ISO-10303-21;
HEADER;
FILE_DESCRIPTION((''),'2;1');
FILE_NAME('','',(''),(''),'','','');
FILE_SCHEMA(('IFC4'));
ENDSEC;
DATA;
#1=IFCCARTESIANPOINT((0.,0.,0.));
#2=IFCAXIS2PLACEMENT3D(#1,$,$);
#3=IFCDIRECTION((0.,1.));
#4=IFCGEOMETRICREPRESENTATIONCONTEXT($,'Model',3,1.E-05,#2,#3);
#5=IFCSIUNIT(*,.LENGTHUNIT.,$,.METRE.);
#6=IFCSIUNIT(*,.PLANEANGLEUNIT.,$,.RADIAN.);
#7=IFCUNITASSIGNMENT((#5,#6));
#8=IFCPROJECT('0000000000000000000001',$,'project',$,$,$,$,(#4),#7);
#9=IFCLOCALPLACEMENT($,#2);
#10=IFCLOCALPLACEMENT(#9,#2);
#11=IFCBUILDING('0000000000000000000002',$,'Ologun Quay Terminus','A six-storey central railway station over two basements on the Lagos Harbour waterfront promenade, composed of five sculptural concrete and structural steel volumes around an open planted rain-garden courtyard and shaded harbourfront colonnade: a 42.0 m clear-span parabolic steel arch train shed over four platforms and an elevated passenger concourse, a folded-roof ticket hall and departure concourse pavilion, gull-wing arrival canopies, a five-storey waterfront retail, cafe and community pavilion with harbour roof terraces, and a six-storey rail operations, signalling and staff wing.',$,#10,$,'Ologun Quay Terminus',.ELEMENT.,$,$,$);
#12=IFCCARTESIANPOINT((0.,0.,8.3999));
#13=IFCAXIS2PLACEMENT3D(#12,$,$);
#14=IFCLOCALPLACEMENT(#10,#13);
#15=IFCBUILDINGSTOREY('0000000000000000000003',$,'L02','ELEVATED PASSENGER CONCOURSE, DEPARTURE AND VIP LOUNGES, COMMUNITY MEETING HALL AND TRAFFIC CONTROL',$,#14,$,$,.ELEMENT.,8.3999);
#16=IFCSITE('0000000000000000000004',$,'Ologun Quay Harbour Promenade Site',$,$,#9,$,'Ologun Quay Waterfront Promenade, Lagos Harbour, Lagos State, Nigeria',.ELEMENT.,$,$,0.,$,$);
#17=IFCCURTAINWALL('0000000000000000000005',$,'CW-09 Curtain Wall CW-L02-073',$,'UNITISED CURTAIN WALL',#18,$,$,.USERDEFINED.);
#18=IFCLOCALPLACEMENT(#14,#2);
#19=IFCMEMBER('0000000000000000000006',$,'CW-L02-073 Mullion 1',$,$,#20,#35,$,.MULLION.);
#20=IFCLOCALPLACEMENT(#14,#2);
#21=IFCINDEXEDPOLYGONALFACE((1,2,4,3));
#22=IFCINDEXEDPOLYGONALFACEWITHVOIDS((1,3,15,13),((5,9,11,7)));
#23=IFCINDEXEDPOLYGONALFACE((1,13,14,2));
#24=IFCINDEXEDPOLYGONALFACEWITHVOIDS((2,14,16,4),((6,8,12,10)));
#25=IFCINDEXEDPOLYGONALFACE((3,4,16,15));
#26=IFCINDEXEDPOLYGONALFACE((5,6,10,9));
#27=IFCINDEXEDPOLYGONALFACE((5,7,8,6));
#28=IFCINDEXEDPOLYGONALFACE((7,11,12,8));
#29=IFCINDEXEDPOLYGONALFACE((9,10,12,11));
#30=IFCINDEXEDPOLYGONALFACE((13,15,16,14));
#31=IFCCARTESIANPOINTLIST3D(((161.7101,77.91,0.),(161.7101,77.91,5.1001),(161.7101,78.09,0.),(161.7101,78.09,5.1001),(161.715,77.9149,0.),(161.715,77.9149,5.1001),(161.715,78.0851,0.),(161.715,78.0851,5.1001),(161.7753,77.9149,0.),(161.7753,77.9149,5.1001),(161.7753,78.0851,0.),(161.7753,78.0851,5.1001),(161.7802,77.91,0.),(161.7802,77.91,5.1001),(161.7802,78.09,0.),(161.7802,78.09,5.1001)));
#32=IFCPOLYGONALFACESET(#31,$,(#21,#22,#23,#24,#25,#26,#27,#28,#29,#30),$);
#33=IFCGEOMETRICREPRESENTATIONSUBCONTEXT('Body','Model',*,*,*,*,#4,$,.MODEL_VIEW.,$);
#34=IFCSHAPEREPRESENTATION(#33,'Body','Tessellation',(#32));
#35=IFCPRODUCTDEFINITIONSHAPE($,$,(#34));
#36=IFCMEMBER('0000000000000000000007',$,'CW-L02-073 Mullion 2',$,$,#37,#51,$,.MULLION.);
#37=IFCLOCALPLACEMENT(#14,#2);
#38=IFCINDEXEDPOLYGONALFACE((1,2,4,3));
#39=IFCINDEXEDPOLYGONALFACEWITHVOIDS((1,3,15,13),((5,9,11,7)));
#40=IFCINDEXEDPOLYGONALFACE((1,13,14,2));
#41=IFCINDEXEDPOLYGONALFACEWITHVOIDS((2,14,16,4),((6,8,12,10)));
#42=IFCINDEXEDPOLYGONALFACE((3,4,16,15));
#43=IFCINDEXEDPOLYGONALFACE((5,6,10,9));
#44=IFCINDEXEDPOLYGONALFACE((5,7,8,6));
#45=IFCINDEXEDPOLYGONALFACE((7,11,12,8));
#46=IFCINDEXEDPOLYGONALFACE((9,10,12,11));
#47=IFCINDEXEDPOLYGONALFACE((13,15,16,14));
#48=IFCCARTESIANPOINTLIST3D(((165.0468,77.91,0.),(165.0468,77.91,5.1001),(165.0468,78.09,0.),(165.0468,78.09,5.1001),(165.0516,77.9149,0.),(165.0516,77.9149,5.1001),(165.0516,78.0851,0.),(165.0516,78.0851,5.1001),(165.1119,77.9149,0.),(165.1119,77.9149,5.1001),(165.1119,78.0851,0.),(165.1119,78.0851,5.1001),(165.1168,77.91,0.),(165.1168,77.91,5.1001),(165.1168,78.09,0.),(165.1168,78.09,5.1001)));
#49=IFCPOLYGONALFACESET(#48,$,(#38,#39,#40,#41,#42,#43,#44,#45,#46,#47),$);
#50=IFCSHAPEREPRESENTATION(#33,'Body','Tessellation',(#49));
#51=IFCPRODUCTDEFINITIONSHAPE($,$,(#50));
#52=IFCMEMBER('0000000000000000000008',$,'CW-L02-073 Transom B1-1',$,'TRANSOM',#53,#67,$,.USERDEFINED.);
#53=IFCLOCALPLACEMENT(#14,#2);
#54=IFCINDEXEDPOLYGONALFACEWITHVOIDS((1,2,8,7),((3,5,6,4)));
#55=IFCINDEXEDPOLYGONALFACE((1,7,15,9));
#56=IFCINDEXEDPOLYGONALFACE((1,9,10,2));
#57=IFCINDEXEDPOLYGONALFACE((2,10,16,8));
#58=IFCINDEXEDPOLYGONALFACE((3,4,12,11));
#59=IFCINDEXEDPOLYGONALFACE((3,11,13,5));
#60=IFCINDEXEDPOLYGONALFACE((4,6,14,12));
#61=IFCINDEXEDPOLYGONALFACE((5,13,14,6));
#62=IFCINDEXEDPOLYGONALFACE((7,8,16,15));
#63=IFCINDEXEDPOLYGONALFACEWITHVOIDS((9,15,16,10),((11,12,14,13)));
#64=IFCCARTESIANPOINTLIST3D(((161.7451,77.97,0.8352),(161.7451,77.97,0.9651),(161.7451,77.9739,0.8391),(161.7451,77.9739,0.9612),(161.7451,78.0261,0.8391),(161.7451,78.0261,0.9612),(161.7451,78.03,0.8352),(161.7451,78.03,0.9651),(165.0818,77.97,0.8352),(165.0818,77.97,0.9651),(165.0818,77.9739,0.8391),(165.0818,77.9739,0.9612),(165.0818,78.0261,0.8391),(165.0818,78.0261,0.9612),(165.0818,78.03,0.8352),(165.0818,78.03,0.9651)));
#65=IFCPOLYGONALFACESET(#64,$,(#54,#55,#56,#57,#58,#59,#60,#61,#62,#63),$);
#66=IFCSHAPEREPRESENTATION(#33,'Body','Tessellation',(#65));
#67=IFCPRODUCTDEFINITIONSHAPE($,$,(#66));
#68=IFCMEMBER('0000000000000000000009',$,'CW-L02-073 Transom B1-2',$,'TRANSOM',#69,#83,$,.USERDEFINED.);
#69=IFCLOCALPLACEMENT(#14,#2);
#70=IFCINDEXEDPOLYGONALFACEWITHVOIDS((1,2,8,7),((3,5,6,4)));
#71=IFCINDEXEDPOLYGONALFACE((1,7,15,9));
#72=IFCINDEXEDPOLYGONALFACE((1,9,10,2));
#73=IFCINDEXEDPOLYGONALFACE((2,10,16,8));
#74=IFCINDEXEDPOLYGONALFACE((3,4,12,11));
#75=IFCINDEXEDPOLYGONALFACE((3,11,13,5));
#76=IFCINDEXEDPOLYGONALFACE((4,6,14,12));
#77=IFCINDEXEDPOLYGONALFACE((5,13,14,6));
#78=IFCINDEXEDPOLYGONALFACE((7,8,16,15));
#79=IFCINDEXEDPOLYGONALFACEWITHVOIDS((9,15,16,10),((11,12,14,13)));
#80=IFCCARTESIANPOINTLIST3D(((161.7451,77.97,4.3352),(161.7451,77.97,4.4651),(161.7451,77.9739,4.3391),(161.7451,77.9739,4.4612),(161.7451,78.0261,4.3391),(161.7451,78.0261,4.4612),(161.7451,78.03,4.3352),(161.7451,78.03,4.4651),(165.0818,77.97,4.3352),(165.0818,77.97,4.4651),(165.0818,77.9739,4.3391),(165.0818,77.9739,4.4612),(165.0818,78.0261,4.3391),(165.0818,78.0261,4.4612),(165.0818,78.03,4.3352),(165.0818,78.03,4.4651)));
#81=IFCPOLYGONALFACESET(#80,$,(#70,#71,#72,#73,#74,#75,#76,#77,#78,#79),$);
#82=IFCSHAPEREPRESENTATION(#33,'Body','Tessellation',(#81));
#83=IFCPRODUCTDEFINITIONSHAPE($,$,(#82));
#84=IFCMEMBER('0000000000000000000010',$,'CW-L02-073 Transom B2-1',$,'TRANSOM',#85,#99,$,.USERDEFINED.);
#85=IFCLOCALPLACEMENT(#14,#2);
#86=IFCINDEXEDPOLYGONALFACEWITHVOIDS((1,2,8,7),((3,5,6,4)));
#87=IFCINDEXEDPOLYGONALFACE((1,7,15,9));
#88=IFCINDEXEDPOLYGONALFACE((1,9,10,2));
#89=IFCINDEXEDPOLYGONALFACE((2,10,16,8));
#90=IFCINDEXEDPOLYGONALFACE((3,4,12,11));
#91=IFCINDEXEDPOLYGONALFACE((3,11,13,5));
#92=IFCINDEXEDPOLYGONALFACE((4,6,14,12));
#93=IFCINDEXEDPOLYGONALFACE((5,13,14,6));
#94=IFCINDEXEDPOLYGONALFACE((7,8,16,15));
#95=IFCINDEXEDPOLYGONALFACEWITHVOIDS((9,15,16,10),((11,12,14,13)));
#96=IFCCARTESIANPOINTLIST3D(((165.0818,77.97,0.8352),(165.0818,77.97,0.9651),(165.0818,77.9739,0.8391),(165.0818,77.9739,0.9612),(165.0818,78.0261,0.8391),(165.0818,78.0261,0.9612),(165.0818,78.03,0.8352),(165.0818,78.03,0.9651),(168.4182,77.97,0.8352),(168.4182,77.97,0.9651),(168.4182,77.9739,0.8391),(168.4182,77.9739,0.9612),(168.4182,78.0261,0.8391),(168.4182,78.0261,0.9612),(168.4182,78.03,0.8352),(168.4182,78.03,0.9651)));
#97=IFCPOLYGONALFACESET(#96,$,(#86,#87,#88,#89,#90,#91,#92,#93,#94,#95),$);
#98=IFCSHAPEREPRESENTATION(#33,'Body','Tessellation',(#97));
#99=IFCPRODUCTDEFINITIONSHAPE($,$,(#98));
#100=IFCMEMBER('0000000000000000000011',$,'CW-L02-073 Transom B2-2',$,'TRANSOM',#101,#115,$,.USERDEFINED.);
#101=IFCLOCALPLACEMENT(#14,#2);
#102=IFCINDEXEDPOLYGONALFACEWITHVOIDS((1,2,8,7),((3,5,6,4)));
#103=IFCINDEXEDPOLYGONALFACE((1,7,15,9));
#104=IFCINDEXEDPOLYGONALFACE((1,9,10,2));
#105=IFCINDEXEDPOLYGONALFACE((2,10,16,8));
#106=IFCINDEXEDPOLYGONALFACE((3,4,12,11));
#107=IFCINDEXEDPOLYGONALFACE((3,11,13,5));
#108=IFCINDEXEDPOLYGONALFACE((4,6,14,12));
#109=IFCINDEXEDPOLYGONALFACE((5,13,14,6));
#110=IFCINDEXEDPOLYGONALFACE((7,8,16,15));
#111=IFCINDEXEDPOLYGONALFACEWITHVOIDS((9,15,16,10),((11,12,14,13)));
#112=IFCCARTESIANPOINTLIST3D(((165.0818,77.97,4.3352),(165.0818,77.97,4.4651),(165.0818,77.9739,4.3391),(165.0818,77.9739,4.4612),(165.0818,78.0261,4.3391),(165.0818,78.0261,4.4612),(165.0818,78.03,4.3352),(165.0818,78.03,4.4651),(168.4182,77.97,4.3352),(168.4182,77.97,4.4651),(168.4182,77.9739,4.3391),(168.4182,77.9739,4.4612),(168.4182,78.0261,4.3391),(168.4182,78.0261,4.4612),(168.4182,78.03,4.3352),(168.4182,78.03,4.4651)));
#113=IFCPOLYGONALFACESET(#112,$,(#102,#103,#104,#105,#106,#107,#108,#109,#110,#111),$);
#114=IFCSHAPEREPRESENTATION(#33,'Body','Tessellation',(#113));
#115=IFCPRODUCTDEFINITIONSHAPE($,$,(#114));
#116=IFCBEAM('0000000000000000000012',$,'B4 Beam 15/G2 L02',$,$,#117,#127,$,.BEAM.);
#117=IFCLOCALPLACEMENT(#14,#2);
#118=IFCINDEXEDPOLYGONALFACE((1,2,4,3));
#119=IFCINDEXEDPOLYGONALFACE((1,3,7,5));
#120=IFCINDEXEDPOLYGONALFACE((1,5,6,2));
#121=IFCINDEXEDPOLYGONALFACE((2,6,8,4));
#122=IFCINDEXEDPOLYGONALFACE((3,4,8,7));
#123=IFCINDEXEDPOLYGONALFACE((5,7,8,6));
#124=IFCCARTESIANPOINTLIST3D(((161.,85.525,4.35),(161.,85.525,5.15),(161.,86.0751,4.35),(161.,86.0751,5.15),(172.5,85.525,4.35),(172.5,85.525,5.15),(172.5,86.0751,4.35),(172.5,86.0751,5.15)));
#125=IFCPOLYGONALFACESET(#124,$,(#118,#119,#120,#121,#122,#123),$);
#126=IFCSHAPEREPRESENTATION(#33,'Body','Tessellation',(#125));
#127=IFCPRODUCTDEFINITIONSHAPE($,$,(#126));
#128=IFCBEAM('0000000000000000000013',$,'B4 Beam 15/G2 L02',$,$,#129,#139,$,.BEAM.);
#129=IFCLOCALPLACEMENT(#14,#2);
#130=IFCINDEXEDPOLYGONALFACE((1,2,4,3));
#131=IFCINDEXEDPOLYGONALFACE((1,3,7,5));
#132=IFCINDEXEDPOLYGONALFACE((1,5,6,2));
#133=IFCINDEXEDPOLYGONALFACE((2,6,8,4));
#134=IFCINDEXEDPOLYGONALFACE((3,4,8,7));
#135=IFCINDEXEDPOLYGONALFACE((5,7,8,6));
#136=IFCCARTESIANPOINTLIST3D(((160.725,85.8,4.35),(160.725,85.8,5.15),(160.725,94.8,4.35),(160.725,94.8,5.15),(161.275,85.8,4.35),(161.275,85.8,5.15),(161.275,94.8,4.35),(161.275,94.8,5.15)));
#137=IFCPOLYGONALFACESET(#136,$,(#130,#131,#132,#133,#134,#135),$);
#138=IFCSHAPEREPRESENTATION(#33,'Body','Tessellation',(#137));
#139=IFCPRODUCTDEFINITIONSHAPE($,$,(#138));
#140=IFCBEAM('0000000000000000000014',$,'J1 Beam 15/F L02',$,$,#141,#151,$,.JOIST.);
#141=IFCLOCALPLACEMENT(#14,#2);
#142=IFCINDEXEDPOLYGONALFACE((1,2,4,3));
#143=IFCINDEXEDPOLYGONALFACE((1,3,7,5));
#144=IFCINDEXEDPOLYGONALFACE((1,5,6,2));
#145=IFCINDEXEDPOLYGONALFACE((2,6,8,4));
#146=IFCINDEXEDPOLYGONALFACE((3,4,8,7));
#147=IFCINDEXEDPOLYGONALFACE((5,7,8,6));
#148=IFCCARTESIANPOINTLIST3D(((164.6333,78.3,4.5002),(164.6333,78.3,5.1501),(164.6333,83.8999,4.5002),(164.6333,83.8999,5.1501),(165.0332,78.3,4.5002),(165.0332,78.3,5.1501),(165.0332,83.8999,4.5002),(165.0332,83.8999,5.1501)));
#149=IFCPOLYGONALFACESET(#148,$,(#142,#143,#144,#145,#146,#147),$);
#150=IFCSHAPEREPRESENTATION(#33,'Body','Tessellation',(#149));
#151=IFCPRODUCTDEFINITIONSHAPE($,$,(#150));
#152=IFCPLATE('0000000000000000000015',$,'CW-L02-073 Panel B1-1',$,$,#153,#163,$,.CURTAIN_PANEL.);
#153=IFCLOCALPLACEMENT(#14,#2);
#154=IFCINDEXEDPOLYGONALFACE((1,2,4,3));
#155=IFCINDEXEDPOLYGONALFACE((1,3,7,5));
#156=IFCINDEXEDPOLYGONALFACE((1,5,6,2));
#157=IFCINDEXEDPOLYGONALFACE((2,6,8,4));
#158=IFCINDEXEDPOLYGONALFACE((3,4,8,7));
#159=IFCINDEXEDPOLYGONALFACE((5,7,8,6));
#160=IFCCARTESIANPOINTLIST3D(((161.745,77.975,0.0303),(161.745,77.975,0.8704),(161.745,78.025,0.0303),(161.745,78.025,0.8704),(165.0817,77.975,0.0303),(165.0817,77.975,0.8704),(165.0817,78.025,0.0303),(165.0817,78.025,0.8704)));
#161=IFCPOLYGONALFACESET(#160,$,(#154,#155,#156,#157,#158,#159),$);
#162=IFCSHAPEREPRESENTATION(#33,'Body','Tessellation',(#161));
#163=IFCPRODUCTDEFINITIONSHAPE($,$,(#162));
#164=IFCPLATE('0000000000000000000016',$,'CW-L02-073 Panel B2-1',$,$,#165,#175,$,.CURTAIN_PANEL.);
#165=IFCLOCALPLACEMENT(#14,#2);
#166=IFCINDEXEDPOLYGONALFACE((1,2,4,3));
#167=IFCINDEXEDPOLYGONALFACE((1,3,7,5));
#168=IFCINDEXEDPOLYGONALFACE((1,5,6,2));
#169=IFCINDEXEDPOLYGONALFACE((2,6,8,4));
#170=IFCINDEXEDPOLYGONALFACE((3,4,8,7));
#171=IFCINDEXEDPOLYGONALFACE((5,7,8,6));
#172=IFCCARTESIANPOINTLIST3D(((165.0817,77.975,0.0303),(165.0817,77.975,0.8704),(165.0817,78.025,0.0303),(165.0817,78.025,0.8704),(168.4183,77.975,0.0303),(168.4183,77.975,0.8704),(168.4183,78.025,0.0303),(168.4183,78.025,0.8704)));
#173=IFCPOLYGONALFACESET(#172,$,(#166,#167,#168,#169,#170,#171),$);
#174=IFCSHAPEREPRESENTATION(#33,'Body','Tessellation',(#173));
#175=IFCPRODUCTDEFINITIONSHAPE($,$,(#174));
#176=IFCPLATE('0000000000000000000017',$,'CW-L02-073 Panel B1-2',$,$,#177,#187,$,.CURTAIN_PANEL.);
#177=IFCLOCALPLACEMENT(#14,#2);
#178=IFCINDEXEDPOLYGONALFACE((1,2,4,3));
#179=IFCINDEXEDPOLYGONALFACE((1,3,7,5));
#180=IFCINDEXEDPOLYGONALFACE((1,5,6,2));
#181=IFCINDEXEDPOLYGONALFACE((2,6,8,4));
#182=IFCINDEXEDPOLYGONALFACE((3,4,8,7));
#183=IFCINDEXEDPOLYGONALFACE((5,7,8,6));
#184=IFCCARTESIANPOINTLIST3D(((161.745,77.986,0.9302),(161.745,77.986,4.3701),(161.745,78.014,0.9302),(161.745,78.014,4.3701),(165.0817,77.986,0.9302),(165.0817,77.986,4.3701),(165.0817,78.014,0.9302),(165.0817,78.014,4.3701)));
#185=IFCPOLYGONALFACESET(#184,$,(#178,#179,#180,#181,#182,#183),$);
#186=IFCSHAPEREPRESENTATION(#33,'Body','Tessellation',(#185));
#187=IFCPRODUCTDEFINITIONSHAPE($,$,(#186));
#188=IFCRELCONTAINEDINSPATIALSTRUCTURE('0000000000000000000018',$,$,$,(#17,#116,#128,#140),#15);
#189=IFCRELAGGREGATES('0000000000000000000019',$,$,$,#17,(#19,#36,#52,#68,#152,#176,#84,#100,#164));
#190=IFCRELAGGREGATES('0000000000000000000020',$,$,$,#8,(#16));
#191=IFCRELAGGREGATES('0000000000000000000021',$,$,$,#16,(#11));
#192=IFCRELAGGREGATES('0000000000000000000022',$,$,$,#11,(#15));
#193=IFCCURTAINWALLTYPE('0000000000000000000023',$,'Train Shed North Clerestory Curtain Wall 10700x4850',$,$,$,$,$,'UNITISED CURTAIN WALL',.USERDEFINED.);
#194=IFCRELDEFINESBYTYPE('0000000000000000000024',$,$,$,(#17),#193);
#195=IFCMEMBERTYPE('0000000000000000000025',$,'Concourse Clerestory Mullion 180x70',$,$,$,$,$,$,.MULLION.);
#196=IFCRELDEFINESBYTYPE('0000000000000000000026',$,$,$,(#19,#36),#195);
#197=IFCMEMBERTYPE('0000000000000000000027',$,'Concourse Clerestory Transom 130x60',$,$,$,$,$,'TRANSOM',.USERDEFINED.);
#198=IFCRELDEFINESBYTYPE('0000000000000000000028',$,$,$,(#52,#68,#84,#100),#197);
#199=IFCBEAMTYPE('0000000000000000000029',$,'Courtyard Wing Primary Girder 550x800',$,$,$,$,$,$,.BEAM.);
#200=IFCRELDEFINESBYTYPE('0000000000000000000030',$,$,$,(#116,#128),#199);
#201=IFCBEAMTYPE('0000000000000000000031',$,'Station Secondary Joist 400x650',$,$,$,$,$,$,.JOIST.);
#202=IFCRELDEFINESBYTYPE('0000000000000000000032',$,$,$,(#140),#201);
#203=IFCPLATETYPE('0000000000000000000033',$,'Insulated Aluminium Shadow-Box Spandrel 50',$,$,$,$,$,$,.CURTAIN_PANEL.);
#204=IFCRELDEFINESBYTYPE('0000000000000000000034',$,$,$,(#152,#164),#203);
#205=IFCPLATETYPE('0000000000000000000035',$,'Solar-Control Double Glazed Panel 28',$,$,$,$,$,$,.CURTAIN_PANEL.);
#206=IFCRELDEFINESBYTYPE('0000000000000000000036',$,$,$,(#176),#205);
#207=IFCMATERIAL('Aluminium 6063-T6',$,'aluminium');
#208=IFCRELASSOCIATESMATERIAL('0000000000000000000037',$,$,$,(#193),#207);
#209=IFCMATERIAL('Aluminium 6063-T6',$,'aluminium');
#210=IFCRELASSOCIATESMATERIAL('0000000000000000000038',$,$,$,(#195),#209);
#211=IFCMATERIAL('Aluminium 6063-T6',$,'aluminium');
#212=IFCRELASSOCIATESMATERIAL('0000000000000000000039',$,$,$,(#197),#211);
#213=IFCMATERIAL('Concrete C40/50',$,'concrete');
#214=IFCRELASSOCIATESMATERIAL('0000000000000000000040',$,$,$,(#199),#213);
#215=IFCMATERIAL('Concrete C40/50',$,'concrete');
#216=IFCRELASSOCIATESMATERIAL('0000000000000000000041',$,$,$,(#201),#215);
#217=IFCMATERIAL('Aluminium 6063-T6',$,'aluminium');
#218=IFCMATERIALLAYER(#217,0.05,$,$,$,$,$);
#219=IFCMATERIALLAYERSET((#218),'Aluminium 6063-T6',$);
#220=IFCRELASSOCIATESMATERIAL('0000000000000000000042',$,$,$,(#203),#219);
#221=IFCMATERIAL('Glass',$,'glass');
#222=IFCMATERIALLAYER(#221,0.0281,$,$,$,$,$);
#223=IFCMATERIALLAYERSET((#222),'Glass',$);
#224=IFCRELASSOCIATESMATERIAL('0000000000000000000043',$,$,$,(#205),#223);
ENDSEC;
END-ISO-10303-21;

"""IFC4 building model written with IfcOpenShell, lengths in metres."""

from ifc_helpers import new_model, si_unit, direction, frame, origin, origin_2d, place, context, subcontext, project, spatial, rectangle, hollow_rectangle, extrude, material, layer, layer_set, material_profile, profile_set, type_object, element, aggregate, save


model = new_model("IFC4")

# Units and contexts
model_context = context("Model", 3, precision=1e-05, world=origin(), true_north=direction((0.0, 1.0)))
body_context = subcontext(model_context, "Body", "Model", "MODEL_VIEW")
ifc_project = project(units=[si_unit("LENGTHUNIT", "METRE"), si_unit("PLANEANGLEUNIT", "RADIAN")], contexts=[model_context])

# Site, building, storey
site_placement = place(None, origin())
site = spatial("IfcSite", under=ifc_project, at=site_placement, Name="Ologun Quay Harbour Promenade Site", LongName="Ologun Quay Waterfront Promenade, Lagos Harbour, Lagos State, Nigeria", CompositionType="ELEMENT", RefElevation=0.0)
building_placement = place(site_placement, origin())
building = spatial("IfcBuilding", under=site, at=building_placement, Name="Ologun Quay Terminus", Description="A six-storey central railway station over two basements on the Lagos Harbour waterfront promenade, composed of five sculptural concrete and structural steel volumes around an open planted rain-garden courtyard and shaded harbourfront colonnade: a 42.0 m clear-span parabolic steel arch train shed over four platforms and an elevated passenger concourse, a folded-roof ticket hall and departure concourse pavilion, gull-wing arrival canopies, a five-storey waterfront retail, cafe and community pavilion with harbour roof terraces, and a six-storey rail operations, signalling and staff wing.", LongName="Ologun Quay Terminus", CompositionType="ELEMENT")
storey_placement = place(building_placement, frame((0.0, 0.0, 8.3999)))
storey = spatial("IfcBuildingStorey", under=building, at=storey_placement, Name="L02", Description="ELEVATED PASSENGER CONCOURSE, DEPARTURE AND VIP LOUNGES, COMMUNITY MEETING HALL AND TRAFFIC CONTROL", CompositionType="ELEMENT", Elevation=8.3999)

# Curtain wall, members
ifc_material_1 = material(Name="Aluminium 6063-T6", Category="aluminium")
curtain_wall_type = type_object("IfcCurtainWallType", Name="Train Shed North Clerestory Curtain Wall 10700x4850", ElementType="UNITISED CURTAIN WALL", PredefinedType="USERDEFINED", material=ifc_material_1)
curtain_wall_placement = place(storey_placement, origin())
curtain_wall = element("IfcCurtainWall", 1, at=curtain_wall_placement, inside=storey, type_object=curtain_wall_type, Name="CW-09 Curtain Wall CW-L02-073", ObjectType="UNITISED CURTAIN WALL", PredefinedType="USERDEFINED")
ifc_material_2 = material(Name="Aluminium 6063-T6", Category="aluminium")
ifc_material_profile_1 = material_profile(ifc_material_2, hollow_rectangle(XDim=0.0701, YDim=0.1799, WallThickness=0.0049, at=origin_2d()), Name="ALU 180x70x5")
ifc_profile_set_1 = profile_set([ifc_material_profile_1], Name="Aluminium 6063-T6")
member_type_1 = type_object("IfcMemberType", Name="Concourse Clerestory Mullion 180x70", PredefinedType="MULLION", material=ifc_profile_set_1)
member_1_placement = place(storey_placement, frame((161.7451, 78.0, 0.0), z_axis=(0.0, 0.0, 1.0), x_axis=(1.0, 0.0, 0.0)))
member_1 = element("IfcMember", 2, at=member_1_placement, type_object=member_type_1, Name="CW-L02-073 Mullion 1", PredefinedType="MULLION", context=body_context, shape_type="SweptSolid", body=[
    extrude(hollow_rectangle(XDim=0.0701, YDim=0.1799, WallThickness=0.0049, at=origin_2d()), origin(), (0.0, 0.0, 1.0), 5.1001),
])
member_2_placement = place(storey_placement, frame((165.0818, 78.0, 0.0), z_axis=(0.0, 0.0, 1.0), x_axis=(1.0, 0.0, 0.0)))
member_2 = element("IfcMember", 3, at=member_2_placement, type_object=member_type_1, Name="CW-L02-073 Mullion 2", PredefinedType="MULLION", context=body_context, shape_type="SweptSolid", body=[
    extrude(hollow_rectangle(XDim=0.0701, YDim=0.1799, WallThickness=0.0049, at=origin_2d()), origin(), (0.0, 0.0, 1.0), 5.1001),
])
ifc_material_3 = material(Name="Aluminium 6063-T6", Category="aluminium")
ifc_material_profile_2 = material_profile(ifc_material_3, hollow_rectangle(XDim=0.0601, YDim=0.1299, WallThickness=0.0039, at=origin_2d()), Name="ALU 130x60x4")
ifc_profile_set_2 = profile_set([ifc_material_profile_2], Name="Aluminium 6063-T6")
member_type_2 = type_object("IfcMemberType", Name="Concourse Clerestory Transom 130x60", ElementType="TRANSOM", PredefinedType="USERDEFINED", material=ifc_profile_set_2)
member_3_placement = place(storey_placement, frame((161.7451, 78.0, 0.9001), z_axis=(1.0, 0.0, 0.0), x_axis=(0.0, 1.0, 0.0)))
member_3 = element("IfcMember", 4, at=member_3_placement, type_object=member_type_2, Name="CW-L02-073 Transom B1-1", ObjectType="TRANSOM", PredefinedType="USERDEFINED", context=body_context, shape_type="SweptSolid", body=[
    extrude(hollow_rectangle(XDim=0.0601, YDim=0.1299, WallThickness=0.0039, at=origin_2d()), origin(), (0.0, 0.0, 1.0), 3.3367),
])
member_4_placement = place(storey_placement, frame((161.7451, 78.0, 4.4001), z_axis=(1.0, 0.0, 0.0), x_axis=(0.0, 1.0, 0.0)))
member_4 = element("IfcMember", 5, at=member_4_placement, type_object=member_type_2, Name="CW-L02-073 Transom B1-2", ObjectType="TRANSOM", PredefinedType="USERDEFINED", context=body_context, shape_type="SweptSolid", body=[
    extrude(hollow_rectangle(XDim=0.0601, YDim=0.1299, WallThickness=0.0039, at=origin_2d()), origin(), (0.0, 0.0, 1.0), 3.3367),
])
member_5_placement = place(storey_placement, frame((165.0818, 78.0, 0.9001), z_axis=(1.0, 0.0, 0.0), x_axis=(0.0, 1.0, 0.0)))
member_5 = element("IfcMember", 6, at=member_5_placement, type_object=member_type_2, Name="CW-L02-073 Transom B2-1", ObjectType="TRANSOM", PredefinedType="USERDEFINED", context=body_context, shape_type="SweptSolid", body=[
    extrude(hollow_rectangle(XDim=0.0601, YDim=0.1299, WallThickness=0.0039, at=origin_2d()), origin(), (0.0, 0.0, 1.0), 3.3364),
])
member_6_placement = place(storey_placement, frame((165.0818, 78.0, 4.4001), z_axis=(1.0, 0.0, 0.0), x_axis=(0.0, 1.0, 0.0)))
member_6 = element("IfcMember", 7, at=member_6_placement, type_object=member_type_2, Name="CW-L02-073 Transom B2-2", ObjectType="TRANSOM", PredefinedType="USERDEFINED", context=body_context, shape_type="SweptSolid", body=[
    extrude(hollow_rectangle(XDim=0.0601, YDim=0.1299, WallThickness=0.0039, at=origin_2d()), origin(), (0.0, 0.0, 1.0), 3.3364),
])

# Beams
ifc_material_4 = material(Name="Concrete C40/50", Category="concrete")
ifc_material_profile_3 = material_profile(ifc_material_4, rectangle(XDim=0.55, YDim=0.8, at=origin_2d()), Name="RC 550x800")
ifc_profile_set_3 = profile_set([ifc_material_profile_3], Name="Concrete C40/50")
beam_type_1 = type_object("IfcBeamType", Name="Courtyard Wing Primary Girder 550x800", PredefinedType="BEAM", material=ifc_profile_set_3)
beam_1_placement = place(storey_placement, frame((161.0, 85.8, 4.75), z_axis=(1.0, 0.0, 0.0), x_axis=(0.0, 1.0, 0.0)))
element("IfcBeam", 8, at=beam_1_placement, inside=storey, type_object=beam_type_1, Name="B4 Beam 15/G2 L02", PredefinedType="BEAM", context=body_context, shape_type="SweptSolid", body=[
    extrude(rectangle(XDim=0.55, YDim=0.8, at=origin_2d()), origin(), (0.0, 0.0, 1.0), 11.5),
])
beam_2_placement = place(storey_placement, frame((161.0, 85.8, 4.75), z_axis=(0.0, 1.0, 0.0), x_axis=(-1.0, 0.0, 0.0)))
element("IfcBeam", 9, at=beam_2_placement, inside=storey, type_object=beam_type_1, Name="B4 Beam 15/G2 L02", PredefinedType="BEAM", context=body_context, shape_type="SweptSolid", body=[
    extrude(rectangle(XDim=0.55, YDim=0.8, at=origin_2d()), origin(), (0.0, 0.0, 1.0), 9.0),
])
ifc_material_5 = material(Name="Concrete C40/50", Category="concrete")
ifc_material_profile_4 = material_profile(ifc_material_5, rectangle(XDim=0.3999, YDim=0.6499, at=origin_2d()), Name="RC 400x650")
ifc_profile_set_4 = profile_set([ifc_material_profile_4], Name="Concrete C40/50")
beam_type_2 = type_object("IfcBeamType", Name="Station Secondary Joist 400x650", PredefinedType="JOIST", material=ifc_profile_set_4)
beam_3_placement = place(storey_placement, frame((164.8333, 78.3, 4.8252), z_axis=(0.0, 1.0, 0.0), x_axis=(-1.0, 0.0, 0.0)))
element("IfcBeam", 10, at=beam_3_placement, inside=storey, type_object=beam_type_2, Name="J1 Beam 15/F L02", PredefinedType="JOIST", context=body_context, shape_type="SweptSolid", body=[
    extrude(rectangle(XDim=0.3999, YDim=0.6499, at=origin_2d()), origin(), (0.0, 0.0, 1.0), 5.5999),
])

# Plates
ifc_material_6 = material(Name="Aluminium 6063-T6", Category="aluminium")
ifc_layer_1 = layer(ifc_material_6, 0.05)
ifc_layer_set_1 = layer_set([ifc_layer_1], Name="Aluminium 6063-T6")
plate_type_1 = type_object("IfcPlateType", Name="Insulated Aluminium Shadow-Box Spandrel 50", PredefinedType="CURTAIN_PANEL", material=ifc_layer_set_1)
plate_1_placement = place(storey_placement, frame((163.4133, 78.0, 0.0303), z_axis=(0.0, 0.0, 1.0), x_axis=(1.0, 0.0, 0.0)))
plate_1 = element("IfcPlate", 11, at=plate_1_placement, type_object=plate_type_1, Name="CW-L02-073 Panel B1-1", PredefinedType="CURTAIN_PANEL", context=body_context, shape_type="SweptSolid", body=[
    extrude(rectangle(XDim=3.3367, YDim=0.05, at=origin_2d()), origin(), (0.0, 0.0, 1.0), 0.8401),
])
plate_2_placement = place(storey_placement, frame((166.75, 78.0, 0.0303), z_axis=(0.0, 0.0, 1.0), x_axis=(1.0, 0.0, 0.0)))
plate_2 = element("IfcPlate", 12, at=plate_2_placement, type_object=plate_type_1, Name="CW-L02-073 Panel B2-1", PredefinedType="CURTAIN_PANEL", context=body_context, shape_type="SweptSolid", body=[
    extrude(rectangle(XDim=3.3367, YDim=0.05, at=origin_2d()), origin(), (0.0, 0.0, 1.0), 0.8401),
])
ifc_material_7 = material(Name="Glass", Category="glass")
ifc_layer_2 = layer(ifc_material_7, 0.0281)
ifc_layer_set_2 = layer_set([ifc_layer_2], Name="Glass")
plate_type_2 = type_object("IfcPlateType", Name="Solar-Control Double Glazed Panel 28", PredefinedType="CURTAIN_PANEL", material=ifc_layer_set_2)
plate_3_placement = place(storey_placement, frame((163.4133, 78.0, 0.9302), z_axis=(0.0, 0.0, 1.0), x_axis=(1.0, 0.0, 0.0)))
plate_3 = element("IfcPlate", 13, at=plate_3_placement, type_object=plate_type_2, Name="CW-L02-073 Panel B1-2", PredefinedType="CURTAIN_PANEL", context=body_context, shape_type="SweptSolid", body=[
    extrude(rectangle(XDim=3.3367, YDim=0.0281, at=origin_2d()), origin(), (0.0, 0.0, 1.0), 3.4399),
])
aggregate(curtain_wall, [member_1, member_2, member_3, member_4, plate_1, plate_3, member_5, member_6, plate_2])

save(model, "model.ifc")
